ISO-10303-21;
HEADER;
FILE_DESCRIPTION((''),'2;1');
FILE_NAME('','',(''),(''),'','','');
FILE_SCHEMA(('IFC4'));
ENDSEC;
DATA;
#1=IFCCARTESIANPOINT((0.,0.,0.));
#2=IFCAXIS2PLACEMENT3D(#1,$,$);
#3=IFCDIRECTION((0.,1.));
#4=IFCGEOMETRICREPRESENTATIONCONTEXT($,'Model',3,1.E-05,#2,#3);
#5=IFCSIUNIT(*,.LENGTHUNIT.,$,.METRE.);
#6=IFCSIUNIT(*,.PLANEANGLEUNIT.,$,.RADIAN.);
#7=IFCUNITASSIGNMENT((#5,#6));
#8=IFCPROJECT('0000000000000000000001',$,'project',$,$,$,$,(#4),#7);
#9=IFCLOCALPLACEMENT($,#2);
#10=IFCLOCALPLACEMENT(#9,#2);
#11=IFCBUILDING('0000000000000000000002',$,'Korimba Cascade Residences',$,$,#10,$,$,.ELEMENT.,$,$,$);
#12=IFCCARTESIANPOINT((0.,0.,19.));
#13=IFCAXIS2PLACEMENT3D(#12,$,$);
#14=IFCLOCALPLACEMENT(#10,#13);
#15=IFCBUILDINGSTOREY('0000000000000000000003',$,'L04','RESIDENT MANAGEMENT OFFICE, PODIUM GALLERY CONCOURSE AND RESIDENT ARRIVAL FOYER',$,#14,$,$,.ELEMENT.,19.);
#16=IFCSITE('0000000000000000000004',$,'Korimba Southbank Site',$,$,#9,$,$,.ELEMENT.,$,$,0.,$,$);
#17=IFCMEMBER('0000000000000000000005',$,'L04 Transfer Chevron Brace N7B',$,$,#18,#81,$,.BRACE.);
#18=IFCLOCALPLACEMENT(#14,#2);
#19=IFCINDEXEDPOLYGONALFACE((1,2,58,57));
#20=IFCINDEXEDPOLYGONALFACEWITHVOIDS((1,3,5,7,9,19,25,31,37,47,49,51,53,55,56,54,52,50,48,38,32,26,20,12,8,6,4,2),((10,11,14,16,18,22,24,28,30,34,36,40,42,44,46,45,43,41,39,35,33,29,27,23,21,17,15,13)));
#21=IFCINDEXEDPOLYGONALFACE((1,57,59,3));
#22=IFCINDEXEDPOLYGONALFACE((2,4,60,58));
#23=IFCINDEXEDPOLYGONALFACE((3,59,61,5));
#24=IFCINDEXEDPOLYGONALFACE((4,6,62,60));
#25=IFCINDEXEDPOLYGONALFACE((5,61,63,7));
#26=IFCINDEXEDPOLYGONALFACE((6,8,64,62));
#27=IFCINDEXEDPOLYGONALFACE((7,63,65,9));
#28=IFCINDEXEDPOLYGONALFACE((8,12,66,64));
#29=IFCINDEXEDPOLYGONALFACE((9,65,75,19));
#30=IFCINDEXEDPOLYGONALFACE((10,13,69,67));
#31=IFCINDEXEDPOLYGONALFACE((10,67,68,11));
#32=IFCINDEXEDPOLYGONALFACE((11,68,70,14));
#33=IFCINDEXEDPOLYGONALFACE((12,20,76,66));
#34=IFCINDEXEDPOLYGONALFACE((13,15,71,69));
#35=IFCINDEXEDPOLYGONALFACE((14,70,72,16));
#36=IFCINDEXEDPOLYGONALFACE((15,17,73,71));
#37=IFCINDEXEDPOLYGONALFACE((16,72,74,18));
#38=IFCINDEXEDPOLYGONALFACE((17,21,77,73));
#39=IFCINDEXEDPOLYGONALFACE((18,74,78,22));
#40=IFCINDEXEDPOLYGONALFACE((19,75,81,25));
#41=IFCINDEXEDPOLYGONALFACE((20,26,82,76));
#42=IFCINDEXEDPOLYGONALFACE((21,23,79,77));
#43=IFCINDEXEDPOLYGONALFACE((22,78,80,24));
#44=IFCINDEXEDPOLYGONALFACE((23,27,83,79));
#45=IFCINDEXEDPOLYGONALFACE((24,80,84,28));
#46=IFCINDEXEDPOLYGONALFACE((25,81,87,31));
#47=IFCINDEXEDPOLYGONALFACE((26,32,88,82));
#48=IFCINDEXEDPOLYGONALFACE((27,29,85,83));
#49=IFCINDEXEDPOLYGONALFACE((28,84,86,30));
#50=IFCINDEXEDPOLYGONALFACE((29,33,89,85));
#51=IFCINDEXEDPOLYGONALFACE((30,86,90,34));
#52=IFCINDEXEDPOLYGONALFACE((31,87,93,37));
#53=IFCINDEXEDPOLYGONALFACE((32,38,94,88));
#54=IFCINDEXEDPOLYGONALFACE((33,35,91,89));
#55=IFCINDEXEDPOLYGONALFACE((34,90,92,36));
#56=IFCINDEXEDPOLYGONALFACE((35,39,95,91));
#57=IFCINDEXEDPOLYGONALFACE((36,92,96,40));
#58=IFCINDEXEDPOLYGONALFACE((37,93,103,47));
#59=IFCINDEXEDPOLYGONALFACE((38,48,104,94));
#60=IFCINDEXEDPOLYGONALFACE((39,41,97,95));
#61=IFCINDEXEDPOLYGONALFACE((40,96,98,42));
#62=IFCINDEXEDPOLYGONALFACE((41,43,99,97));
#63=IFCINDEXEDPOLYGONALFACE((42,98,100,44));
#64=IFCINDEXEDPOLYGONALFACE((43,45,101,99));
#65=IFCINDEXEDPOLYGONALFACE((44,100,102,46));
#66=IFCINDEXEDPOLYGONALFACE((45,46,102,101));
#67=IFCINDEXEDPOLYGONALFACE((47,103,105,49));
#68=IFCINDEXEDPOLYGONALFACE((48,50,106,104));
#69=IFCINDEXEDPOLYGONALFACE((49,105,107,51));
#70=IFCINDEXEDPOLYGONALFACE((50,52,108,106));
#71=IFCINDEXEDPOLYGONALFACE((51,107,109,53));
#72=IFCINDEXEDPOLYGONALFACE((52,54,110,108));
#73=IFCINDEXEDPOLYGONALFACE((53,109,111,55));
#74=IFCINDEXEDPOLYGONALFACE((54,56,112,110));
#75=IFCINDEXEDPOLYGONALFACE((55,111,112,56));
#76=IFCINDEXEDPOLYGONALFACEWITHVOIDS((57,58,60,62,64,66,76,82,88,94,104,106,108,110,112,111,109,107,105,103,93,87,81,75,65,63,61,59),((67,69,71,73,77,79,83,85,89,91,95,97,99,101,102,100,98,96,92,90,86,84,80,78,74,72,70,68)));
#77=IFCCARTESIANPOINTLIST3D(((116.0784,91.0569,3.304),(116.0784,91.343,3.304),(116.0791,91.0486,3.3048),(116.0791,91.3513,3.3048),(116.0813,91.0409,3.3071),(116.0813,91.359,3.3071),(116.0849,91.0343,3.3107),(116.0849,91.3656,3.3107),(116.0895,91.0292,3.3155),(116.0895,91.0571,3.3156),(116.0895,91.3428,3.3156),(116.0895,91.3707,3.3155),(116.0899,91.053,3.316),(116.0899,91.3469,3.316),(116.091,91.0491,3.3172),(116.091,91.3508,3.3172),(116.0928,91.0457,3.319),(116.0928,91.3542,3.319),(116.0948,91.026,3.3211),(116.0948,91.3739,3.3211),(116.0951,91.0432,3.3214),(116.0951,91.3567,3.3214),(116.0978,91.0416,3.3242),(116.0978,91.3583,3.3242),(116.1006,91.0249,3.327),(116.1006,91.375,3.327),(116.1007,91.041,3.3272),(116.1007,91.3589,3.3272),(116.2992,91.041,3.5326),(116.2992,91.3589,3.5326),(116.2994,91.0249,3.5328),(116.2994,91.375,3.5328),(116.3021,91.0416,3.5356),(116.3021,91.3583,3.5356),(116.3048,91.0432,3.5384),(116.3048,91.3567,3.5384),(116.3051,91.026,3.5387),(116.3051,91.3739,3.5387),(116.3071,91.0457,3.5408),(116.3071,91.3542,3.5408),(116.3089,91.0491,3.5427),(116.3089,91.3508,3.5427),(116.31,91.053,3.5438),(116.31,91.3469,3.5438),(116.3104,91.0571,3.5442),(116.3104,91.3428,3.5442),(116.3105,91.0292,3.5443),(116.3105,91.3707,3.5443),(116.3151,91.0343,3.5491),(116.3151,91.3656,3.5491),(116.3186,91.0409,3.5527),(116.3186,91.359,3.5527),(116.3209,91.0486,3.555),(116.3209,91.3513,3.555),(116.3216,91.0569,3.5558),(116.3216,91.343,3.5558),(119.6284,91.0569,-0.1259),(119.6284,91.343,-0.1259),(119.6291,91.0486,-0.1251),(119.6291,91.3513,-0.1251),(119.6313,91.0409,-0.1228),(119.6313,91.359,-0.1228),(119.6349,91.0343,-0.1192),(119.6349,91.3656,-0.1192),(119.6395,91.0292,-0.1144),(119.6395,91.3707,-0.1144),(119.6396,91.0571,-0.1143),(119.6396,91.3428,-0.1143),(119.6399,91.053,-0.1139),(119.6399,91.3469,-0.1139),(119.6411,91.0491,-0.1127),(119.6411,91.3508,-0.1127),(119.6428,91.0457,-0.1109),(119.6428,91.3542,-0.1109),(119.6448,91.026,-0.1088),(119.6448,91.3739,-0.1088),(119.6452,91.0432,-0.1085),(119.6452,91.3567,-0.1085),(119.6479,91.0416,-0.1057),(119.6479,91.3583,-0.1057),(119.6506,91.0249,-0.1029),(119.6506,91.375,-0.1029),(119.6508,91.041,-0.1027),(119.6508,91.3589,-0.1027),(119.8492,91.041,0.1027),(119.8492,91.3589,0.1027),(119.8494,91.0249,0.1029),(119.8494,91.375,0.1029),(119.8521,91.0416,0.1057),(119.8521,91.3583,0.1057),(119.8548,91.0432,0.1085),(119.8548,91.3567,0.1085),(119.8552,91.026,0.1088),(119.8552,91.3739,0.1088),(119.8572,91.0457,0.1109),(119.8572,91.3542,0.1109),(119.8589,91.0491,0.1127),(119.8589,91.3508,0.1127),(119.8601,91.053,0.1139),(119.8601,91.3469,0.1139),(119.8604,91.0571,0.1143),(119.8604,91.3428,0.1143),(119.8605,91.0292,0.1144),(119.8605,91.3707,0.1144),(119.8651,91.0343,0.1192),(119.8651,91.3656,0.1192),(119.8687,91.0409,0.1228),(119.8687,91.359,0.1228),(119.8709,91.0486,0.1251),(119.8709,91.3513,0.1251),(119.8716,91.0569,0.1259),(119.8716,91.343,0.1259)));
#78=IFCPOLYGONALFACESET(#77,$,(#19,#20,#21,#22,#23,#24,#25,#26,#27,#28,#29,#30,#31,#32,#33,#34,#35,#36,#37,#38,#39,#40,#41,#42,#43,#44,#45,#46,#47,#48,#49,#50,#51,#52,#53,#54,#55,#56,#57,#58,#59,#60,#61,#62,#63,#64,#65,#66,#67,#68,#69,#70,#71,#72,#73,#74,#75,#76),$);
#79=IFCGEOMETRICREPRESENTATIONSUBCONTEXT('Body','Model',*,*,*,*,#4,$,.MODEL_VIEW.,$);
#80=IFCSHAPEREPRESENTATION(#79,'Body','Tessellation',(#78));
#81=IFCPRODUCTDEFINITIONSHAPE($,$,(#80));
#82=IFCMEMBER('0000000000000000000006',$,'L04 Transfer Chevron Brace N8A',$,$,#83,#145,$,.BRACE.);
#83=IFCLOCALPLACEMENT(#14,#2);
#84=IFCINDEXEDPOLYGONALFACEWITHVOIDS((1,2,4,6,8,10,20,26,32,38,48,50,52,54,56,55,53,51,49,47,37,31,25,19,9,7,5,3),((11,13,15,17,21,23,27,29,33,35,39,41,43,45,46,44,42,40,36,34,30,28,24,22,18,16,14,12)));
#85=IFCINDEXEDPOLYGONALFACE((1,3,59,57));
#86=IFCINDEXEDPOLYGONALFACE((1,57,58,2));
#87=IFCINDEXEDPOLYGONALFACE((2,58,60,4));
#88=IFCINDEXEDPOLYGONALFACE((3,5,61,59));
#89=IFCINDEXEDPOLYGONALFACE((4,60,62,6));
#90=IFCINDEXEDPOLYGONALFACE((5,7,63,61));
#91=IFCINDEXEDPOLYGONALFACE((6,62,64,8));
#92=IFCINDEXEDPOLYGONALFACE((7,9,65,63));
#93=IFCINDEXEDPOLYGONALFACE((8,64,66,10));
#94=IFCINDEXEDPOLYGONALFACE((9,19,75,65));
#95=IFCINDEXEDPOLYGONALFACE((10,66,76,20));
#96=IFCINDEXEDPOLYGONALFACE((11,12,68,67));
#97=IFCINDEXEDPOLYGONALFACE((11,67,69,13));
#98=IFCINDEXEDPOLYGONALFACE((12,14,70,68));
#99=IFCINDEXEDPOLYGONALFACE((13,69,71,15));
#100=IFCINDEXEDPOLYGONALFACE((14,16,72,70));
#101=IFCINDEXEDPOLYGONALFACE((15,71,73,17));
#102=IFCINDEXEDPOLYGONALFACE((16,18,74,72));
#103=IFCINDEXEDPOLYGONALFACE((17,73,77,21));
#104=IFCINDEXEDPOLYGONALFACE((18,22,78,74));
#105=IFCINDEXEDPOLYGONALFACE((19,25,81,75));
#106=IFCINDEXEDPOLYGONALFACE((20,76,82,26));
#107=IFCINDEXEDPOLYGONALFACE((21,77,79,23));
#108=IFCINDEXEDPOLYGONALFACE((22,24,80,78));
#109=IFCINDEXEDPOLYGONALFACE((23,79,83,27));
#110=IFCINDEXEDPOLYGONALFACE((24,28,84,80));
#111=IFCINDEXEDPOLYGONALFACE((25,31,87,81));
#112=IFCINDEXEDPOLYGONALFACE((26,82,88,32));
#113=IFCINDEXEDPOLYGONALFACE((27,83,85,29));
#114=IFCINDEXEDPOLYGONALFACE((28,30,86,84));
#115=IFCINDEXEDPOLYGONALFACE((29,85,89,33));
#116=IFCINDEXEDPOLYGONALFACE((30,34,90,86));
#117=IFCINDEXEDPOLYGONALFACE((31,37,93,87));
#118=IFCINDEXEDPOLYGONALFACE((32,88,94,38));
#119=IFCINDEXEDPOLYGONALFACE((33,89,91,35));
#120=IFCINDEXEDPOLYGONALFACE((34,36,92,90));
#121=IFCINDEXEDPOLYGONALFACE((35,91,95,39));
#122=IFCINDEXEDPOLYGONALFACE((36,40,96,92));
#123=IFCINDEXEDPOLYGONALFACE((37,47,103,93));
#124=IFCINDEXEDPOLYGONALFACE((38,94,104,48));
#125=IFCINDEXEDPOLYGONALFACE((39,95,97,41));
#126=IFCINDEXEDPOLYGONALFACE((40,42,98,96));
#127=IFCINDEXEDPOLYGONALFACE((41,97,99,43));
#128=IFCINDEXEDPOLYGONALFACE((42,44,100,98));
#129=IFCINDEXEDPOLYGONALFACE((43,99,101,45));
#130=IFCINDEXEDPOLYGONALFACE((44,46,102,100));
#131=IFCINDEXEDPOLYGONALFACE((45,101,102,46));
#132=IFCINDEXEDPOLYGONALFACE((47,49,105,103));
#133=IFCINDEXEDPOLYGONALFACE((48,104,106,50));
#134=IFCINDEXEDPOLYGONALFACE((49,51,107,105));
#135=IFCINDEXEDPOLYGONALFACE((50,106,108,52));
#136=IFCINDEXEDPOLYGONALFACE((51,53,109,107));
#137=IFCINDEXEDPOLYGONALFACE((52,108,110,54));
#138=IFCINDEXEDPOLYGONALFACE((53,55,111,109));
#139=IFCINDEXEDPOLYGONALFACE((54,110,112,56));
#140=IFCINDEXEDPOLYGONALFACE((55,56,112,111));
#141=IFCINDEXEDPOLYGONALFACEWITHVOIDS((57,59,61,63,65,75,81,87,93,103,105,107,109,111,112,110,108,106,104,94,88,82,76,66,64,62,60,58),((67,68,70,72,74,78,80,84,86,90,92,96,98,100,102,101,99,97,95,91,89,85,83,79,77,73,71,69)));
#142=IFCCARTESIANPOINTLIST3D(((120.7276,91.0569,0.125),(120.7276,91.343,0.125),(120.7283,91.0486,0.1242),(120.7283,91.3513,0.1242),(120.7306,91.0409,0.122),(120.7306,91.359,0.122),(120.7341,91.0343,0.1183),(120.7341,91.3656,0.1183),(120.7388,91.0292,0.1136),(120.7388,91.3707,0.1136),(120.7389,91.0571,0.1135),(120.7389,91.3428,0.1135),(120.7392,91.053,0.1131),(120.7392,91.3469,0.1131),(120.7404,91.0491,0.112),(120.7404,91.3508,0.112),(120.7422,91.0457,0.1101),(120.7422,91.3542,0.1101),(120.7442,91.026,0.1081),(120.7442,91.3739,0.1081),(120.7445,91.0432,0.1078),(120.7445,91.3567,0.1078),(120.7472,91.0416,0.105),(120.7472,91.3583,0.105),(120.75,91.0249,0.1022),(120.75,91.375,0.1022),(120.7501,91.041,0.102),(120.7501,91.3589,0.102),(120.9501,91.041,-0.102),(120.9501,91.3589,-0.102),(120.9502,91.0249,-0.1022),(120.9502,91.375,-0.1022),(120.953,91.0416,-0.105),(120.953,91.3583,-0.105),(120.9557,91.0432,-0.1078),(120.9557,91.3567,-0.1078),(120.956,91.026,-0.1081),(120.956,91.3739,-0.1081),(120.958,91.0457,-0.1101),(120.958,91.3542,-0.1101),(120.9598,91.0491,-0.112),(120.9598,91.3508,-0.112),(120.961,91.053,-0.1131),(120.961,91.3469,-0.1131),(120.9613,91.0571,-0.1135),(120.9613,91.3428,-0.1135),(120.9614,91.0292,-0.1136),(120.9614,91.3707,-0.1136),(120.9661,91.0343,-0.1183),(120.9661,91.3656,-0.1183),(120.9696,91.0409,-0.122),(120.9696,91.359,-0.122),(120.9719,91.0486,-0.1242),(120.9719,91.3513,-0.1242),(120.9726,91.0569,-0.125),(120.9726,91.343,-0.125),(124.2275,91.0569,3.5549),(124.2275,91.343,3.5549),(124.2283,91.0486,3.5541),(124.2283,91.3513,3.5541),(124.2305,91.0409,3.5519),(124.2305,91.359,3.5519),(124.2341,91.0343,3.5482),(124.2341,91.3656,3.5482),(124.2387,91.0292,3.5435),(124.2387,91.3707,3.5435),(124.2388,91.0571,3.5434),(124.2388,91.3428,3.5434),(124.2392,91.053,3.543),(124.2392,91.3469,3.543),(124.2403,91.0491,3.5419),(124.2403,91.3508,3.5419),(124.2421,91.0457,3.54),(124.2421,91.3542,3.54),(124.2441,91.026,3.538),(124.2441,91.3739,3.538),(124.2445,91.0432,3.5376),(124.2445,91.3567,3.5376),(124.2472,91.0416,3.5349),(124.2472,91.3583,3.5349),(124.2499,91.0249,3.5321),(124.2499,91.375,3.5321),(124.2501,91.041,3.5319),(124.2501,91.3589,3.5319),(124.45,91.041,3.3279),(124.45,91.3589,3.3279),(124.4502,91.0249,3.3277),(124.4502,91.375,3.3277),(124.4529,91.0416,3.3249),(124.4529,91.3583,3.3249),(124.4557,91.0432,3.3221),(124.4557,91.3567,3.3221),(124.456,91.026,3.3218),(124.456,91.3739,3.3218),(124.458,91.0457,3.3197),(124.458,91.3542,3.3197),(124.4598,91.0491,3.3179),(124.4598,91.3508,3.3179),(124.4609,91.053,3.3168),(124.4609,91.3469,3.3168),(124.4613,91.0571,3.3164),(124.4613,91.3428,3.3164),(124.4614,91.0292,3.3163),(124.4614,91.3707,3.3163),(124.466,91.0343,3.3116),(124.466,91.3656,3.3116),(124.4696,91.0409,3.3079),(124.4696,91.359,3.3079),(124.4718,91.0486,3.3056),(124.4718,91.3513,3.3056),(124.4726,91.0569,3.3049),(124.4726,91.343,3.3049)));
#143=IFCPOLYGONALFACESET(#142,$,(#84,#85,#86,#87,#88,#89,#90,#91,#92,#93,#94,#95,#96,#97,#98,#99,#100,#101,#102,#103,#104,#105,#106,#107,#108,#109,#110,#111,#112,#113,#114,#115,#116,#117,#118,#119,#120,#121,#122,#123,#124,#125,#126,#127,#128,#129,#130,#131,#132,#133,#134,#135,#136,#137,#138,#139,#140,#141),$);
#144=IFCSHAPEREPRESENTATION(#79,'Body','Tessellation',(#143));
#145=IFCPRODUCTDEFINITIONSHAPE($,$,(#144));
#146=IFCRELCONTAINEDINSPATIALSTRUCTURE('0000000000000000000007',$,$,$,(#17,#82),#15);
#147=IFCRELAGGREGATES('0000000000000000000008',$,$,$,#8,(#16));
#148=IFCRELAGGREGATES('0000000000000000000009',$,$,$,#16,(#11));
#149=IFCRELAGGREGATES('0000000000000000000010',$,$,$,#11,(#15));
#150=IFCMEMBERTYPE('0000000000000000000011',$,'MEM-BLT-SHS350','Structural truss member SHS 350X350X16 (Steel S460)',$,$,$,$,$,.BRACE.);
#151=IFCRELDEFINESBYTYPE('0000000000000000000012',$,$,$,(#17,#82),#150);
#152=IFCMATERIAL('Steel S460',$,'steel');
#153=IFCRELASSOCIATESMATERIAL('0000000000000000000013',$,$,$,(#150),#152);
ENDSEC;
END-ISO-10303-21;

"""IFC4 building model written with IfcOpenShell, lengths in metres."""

from ifc_helpers import new_model, si_unit, direction, frame, origin, origin_2d, place, context, subcontext, project, spatial, hollow_rectangle, extrude, material, material_profile, profile_set, type_object, element, save


model = new_model("IFC4")

# Units and contexts
model_context = context("Model", 3, precision=1e-05, world=origin(), true_north=direction((0.0, 1.0)))
body_context = subcontext(model_context, "Body", "Model", "MODEL_VIEW")
ifc_project = project(units=[si_unit("LENGTHUNIT", "METRE"), si_unit("PLANEANGLEUNIT", "RADIAN")], contexts=[model_context])

# Site, building, storey
site_placement = place(None, origin())
site = spatial("IfcSite", under=ifc_project, at=site_placement, Name="Korimba Southbank Site", CompositionType="ELEMENT", RefElevation=0.0)
building_placement = place(site_placement, origin())
building = spatial("IfcBuilding", under=site, at=building_placement, Name="Korimba Cascade Residences", CompositionType="ELEMENT")
storey_placement = place(building_placement, frame((0.0, 0.0, 19.0)))
storey = spatial("IfcBuildingStorey", under=building, at=storey_placement, Name="L04", Description="RESIDENT MANAGEMENT OFFICE, PODIUM GALLERY CONCOURSE AND RESIDENT ARRIVAL FOYER", CompositionType="ELEMENT", Elevation=19.0)

# Members
ifc_material_1 = material(Name="Steel S460", Category="steel")
ifc_material_profile_1 = material_profile(ifc_material_1, hollow_rectangle(XDim=0.3501, YDim=0.3501, WallThickness=0.0161, InnerFilletRadius=0.0161, OuterFilletRadius=0.032, at=origin_2d()), Name="Steel S460")
ifc_profile_set_1 = profile_set([ifc_material_profile_1], Name="Steel S460")
member_type = type_object("IfcMemberType", Name="MEM-BLT-SHS350", Description="Structural truss member SHS 350X350X16 (Steel S460)", PredefinedType="BRACE", material=ifc_profile_set_1)
member_1_placement = place(storey_placement, frame((119.75, 91.2, 0.0), z_axis=(-0.719169, 0.0, 0.694835), x_axis=(0.0, -1.0, 0.0)))
element("IfcMember", 1, at=member_1_placement, inside=storey, type_object=member_type, Name="L04 Transfer Chevron Brace N7B", PredefinedType="BRACE", context=body_context, shape_type="SweptSolid", body=[
    extrude(hollow_rectangle(XDim=0.3501, YDim=0.3501, WallThickness=0.0161, InnerFilletRadius=0.0161, OuterFilletRadius=0.032, at=origin_2d()), origin(), (0.0, 0.0, 1.0), 4.9363),
])
member_2_placement = place(storey_placement, frame((120.8501, 91.2, 0.0), z_axis=(0.71422, 0.0, 0.699921), x_axis=(0.0, 1.0, 0.0)))
element("IfcMember", 2, at=member_2_placement, inside=storey, type_object=member_type, Name="L04 Transfer Chevron Brace N8A", PredefinedType="BRACE", context=body_context, shape_type="SweptSolid", body=[
    extrude(hollow_rectangle(XDim=0.3501, YDim=0.3501, WallThickness=0.0161, InnerFilletRadius=0.0161, OuterFilletRadius=0.032, at=origin_2d()), origin(), (0.0, 0.0, 1.0), 4.9004),
])

save(model, "model.ifc")
